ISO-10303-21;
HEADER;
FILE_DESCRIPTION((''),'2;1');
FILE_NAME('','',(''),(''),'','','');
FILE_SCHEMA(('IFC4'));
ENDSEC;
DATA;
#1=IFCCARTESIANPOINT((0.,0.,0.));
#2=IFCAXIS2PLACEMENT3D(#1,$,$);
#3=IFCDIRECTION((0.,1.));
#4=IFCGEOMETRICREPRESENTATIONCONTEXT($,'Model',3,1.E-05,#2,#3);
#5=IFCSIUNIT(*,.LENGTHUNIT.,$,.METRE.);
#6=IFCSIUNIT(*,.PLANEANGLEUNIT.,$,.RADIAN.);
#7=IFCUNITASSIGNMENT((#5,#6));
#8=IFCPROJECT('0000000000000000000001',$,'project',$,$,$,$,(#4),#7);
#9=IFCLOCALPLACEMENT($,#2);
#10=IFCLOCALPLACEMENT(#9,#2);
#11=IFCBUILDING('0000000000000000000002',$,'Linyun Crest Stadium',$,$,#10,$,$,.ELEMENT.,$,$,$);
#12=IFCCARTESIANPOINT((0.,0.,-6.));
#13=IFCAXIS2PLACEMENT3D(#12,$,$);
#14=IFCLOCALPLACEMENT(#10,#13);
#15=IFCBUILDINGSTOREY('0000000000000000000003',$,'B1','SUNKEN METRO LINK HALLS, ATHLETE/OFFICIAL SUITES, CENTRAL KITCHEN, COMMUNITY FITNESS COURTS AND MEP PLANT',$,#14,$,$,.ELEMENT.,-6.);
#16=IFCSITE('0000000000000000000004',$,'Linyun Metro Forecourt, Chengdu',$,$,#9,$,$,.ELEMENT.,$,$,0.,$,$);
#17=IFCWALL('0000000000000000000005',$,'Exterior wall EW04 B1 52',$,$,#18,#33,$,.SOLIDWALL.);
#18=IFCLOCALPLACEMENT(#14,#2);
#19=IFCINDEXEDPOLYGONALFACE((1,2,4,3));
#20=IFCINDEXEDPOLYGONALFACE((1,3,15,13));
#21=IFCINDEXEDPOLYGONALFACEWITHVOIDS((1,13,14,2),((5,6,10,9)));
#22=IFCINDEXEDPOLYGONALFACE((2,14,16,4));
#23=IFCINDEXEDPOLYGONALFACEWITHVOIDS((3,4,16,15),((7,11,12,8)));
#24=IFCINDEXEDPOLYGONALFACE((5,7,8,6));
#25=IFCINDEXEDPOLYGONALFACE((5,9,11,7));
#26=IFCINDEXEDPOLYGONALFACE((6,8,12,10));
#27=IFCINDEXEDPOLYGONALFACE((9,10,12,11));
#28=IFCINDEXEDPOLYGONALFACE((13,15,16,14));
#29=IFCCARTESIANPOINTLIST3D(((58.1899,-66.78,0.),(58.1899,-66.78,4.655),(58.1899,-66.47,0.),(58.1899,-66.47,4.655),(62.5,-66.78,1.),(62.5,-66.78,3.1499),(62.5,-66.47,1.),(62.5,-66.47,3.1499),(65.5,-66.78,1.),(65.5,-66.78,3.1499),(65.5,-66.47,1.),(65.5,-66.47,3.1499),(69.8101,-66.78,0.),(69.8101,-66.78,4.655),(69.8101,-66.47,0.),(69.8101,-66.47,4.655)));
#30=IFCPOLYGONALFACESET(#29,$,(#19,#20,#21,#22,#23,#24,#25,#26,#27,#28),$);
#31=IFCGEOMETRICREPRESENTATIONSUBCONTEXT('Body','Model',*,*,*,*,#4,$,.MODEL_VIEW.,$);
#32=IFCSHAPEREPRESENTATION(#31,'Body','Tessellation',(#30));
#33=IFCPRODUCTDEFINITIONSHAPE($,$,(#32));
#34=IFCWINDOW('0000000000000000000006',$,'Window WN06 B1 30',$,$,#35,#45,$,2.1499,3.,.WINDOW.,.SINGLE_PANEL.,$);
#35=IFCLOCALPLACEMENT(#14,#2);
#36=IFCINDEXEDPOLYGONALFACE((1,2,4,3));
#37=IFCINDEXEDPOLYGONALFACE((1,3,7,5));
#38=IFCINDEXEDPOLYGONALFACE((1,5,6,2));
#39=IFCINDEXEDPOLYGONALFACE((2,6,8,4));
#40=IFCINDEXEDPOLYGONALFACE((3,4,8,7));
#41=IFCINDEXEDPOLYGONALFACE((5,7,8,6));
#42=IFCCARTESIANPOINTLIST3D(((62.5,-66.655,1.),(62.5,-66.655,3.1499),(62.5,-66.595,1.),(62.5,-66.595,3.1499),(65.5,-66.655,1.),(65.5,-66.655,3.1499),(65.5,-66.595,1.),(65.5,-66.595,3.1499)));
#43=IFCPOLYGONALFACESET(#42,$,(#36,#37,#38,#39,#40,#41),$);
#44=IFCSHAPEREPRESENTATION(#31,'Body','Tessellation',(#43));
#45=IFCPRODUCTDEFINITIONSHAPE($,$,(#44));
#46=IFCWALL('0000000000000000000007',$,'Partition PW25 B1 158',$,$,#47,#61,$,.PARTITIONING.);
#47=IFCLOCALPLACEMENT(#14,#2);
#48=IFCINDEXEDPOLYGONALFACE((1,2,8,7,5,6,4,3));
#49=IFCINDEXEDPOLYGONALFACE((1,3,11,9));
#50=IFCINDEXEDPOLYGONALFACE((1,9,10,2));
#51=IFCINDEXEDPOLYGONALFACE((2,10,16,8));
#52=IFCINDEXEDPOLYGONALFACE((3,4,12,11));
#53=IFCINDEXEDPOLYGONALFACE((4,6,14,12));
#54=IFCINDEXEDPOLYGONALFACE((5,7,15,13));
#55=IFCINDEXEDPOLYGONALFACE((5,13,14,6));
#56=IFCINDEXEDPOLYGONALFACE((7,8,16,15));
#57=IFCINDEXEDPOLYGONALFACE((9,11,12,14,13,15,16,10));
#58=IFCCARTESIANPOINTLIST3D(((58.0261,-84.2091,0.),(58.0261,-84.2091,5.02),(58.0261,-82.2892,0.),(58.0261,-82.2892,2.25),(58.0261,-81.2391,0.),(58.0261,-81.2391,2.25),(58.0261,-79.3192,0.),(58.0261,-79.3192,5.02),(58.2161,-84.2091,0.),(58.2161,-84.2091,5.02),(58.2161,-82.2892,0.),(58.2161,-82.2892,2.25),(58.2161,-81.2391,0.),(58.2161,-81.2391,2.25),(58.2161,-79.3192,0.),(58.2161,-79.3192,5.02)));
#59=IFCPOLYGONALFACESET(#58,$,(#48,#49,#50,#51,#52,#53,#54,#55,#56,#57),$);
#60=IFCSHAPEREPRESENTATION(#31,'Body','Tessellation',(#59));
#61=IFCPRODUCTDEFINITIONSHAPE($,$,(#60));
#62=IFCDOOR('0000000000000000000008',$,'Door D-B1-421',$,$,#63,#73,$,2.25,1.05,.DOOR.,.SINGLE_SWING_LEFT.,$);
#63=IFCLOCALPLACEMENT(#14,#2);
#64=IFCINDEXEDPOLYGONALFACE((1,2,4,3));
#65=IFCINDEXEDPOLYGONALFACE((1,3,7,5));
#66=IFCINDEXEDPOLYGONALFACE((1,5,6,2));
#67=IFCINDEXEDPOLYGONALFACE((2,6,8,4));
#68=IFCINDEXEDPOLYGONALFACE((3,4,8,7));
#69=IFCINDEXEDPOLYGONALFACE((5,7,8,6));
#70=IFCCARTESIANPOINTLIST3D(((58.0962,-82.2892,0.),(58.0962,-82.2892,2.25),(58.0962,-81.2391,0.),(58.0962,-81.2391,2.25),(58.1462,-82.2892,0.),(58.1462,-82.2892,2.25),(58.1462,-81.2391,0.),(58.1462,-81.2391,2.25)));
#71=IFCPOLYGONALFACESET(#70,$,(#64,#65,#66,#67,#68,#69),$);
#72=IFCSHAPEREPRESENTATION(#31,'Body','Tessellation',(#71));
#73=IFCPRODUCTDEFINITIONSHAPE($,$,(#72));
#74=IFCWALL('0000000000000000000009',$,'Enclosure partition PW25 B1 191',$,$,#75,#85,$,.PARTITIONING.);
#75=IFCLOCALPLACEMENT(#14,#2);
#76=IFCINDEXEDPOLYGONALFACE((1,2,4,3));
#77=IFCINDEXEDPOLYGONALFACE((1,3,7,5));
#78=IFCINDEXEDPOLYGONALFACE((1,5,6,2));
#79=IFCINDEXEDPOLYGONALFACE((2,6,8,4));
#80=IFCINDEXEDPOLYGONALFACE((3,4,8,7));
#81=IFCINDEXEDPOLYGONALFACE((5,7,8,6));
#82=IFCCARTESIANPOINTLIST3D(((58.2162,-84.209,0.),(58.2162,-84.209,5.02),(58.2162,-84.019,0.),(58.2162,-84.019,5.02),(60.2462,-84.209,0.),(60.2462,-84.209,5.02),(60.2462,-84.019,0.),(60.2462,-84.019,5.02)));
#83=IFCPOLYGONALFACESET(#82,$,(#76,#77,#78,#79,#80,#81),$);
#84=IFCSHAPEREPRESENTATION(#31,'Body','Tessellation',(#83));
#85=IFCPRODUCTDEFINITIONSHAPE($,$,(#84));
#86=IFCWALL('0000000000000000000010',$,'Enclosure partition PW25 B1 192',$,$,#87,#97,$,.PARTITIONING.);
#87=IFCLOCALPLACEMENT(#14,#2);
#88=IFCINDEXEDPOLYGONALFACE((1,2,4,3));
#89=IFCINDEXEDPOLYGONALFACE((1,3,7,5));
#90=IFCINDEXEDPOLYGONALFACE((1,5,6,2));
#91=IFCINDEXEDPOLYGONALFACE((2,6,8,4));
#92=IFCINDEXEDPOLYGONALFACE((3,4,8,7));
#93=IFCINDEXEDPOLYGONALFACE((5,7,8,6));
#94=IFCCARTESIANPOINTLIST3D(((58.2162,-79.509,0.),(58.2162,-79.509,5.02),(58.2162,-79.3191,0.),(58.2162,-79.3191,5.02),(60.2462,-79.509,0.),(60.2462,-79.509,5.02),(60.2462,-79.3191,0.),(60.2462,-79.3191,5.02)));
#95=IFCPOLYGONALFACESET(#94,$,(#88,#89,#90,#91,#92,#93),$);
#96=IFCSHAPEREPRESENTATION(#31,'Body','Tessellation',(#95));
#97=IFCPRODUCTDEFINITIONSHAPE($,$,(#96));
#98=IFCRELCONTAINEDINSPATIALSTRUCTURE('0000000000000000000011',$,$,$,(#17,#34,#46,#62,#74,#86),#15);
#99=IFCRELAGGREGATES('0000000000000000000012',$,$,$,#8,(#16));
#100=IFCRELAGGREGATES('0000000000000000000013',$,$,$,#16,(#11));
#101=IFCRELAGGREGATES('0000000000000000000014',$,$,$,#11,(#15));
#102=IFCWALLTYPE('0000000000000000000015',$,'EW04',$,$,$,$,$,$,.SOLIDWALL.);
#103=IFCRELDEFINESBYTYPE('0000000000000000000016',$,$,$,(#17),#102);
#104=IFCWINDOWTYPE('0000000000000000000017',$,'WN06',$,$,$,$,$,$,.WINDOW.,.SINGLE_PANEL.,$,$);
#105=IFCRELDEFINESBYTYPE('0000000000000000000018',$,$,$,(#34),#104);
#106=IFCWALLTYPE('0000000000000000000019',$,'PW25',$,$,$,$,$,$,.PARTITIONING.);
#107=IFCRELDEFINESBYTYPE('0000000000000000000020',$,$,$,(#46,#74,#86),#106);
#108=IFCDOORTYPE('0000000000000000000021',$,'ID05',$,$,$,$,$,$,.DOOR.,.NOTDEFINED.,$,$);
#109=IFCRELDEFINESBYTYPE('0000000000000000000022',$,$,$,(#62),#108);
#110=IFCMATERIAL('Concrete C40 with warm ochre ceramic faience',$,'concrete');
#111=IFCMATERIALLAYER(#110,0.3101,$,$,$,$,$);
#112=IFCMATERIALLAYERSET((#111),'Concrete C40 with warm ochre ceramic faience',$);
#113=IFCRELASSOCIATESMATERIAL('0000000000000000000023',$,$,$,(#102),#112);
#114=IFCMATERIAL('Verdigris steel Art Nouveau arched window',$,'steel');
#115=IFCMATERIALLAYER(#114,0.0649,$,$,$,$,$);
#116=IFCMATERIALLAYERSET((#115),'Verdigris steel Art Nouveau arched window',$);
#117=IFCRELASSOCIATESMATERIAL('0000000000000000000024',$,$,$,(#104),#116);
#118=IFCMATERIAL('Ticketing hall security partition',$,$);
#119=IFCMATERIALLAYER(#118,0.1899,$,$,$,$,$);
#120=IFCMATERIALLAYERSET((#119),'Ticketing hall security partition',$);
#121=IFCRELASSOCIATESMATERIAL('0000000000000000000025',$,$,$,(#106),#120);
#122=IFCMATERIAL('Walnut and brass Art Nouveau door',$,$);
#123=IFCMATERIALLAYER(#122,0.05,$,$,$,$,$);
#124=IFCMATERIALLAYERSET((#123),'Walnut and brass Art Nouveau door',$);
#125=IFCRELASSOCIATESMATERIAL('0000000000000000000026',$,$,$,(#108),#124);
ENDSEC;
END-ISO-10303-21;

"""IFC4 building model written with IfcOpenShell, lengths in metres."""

from ifc_helpers import new_model, si_unit, direction, frame, frame_2d, origin, place, context, subcontext, project, spatial, rectangle, extrude, material, layer, layer_set, type_object, element, fill, save


model = new_model("IFC4")

# Units and contexts
model_context = context("Model", 3, precision=1e-05, world=origin(), true_north=direction((0.0, 1.0)))
body_context = subcontext(model_context, "Body", "Model", "MODEL_VIEW")
ifc_project = project(units=[si_unit("LENGTHUNIT", "METRE"), si_unit("PLANEANGLEUNIT", "RADIAN")], contexts=[model_context])

# Site, building, storey
site_placement = place(None, origin())
site = spatial("IfcSite", under=ifc_project, at=site_placement, Name="Linyun Metro Forecourt, Chengdu", CompositionType="ELEMENT", RefElevation=0.0)
building_placement = place(site_placement, origin())
building = spatial("IfcBuilding", under=site, at=building_placement, Name="Linyun Crest Stadium", CompositionType="ELEMENT")
storey_placement = place(building_placement, frame((0.0, 0.0, -6.0)))
storey = spatial("IfcBuildingStorey", under=building, at=storey_placement, Name="B1", Description="SUNKEN METRO LINK HALLS, ATHLETE/OFFICIAL SUITES, CENTRAL KITCHEN, COMMUNITY FITNESS COURTS AND MEP PLANT", CompositionType="ELEMENT", Elevation=-6.0)

# Wall, opening, window
ifc_material_1 = material(Name="Concrete C40 with warm ochre ceramic faience", Category="concrete")
ifc_layer_1 = layer(ifc_material_1, 0.3101)
ifc_layer_set_1 = layer_set([ifc_layer_1], Name="Concrete C40 with warm ochre ceramic faience")
wall_type_1 = type_object("IfcWallType", Name="EW04", PredefinedType="SOLIDWALL", material=ifc_layer_set_1)
wall_1_placement = place(storey_placement, frame((58.1899, -66.625, 0.0), z_axis=(0.0, 0.0, 1.0), x_axis=(1.0, 0.0, 0.0)))
wall_1 = element("IfcWall", 1, at=wall_1_placement, inside=storey, type_object=wall_type_1, Name="Exterior wall EW04 B1 52", PredefinedType="SOLIDWALL", context=body_context, shape_type="SweptSolid", body=[
    extrude(rectangle(XDim=11.6201, YDim=0.3101, at=frame_2d((5.8101, 0.0))), origin(), (0.0, 0.0, 1.0), 4.655),
])
opening_1_placement = place(wall_1_placement, frame((4.3101, 0.0, 1.0)))
opening_1 = element("IfcOpeningElement", 2, at=opening_1_placement, cuts=wall_1, PredefinedType="OPENING", context=body_context, shape_type="SweptSolid", body=[
    extrude(rectangle(XDim=3.0, YDim=2.1499, at=frame_2d((1.5, 1.075))), frame((0.0, 0.165, 0.0), z_axis=(0.0, -1.0, 0.0), x_axis=(1.0, 0.0, 0.0)), (0.0, 0.0, 1.0), 0.3301),
])
ifc_material_2 = material(Name="Verdigris steel Art Nouveau arched window", Category="steel")
ifc_layer_2 = layer(ifc_material_2, 0.0649)
ifc_layer_set_2 = layer_set([ifc_layer_2], Name="Verdigris steel Art Nouveau arched window")
window_type = type_object("IfcWindowType", Name="WN06", PartitioningType="SINGLE_PANEL", PredefinedType="WINDOW", material=ifc_layer_set_2)
window_placement = place(opening_1_placement, origin())
window = element("IfcWindow", 3, at=window_placement, inside=storey, type_object=window_type, Name="Window WN06 B1 30", OverallHeight=2.1499, OverallWidth=3.0, PartitioningType="SINGLE_PANEL", PredefinedType="WINDOW", context=body_context, shape_type="SweptSolid", body=[
    extrude(rectangle(XDim=3.0, YDim=2.1499, at=frame_2d((1.5, 1.075))), frame((0.0, 0.03, 0.0), z_axis=(0.0, -1.0, 0.0), x_axis=(1.0, 0.0, 0.0)), (0.0, 0.0, 1.0), 0.0601),
])
fill(opening_1, window)

# Wall, opening, door
ifc_material_3 = material(Name="Ticketing hall security partition")
ifc_layer_3 = layer(ifc_material_3, 0.1899)
ifc_layer_set_3 = layer_set([ifc_layer_3], Name="Ticketing hall security partition")
wall_type_2 = type_object("IfcWallType", Name="PW25", PredefinedType="PARTITIONING", material=ifc_layer_set_3)
wall_2_placement = place(storey_placement, frame((58.1211, -84.209, 0.0), z_axis=(0.0, 0.0, 1.0), x_axis=(0.0, 1.0, 0.0)))
wall_2 = element("IfcWall", 4, at=wall_2_placement, inside=storey, type_object=wall_type_2, Name="Partition PW25 B1 158", PredefinedType="PARTITIONING", context=body_context, shape_type="SweptSolid", body=[
    extrude(rectangle(XDim=4.8899, YDim=0.1899, at=frame_2d((2.4448, 0.0))), origin(), (0.0, 0.0, 1.0), 5.02),
])
opening_2_placement = place(wall_2_placement, frame((1.9199, 0.0, 0.0)))
opening_2 = element("IfcOpeningElement", 5, at=opening_2_placement, cuts=wall_2, PredefinedType="OPENING", context=body_context, shape_type="SweptSolid", body=[
    extrude(rectangle(XDim=1.05, YDim=2.25, at=frame_2d((0.5249, 1.125))), frame((0.0, 0.105, 0.0), z_axis=(0.0, -1.0, 0.0), x_axis=(1.0, 0.0, 0.0)), (0.0, 0.0, 1.0), 0.21),
])
ifc_material_4 = material(Name="Walnut and brass Art Nouveau door")
ifc_layer_4 = layer(ifc_material_4, 0.05)
ifc_layer_set_4 = layer_set([ifc_layer_4], Name="Walnut and brass Art Nouveau door")
door_type = type_object("IfcDoorType", Name="ID05", OperationType="NOTDEFINED", PredefinedType="DOOR", material=ifc_layer_set_4)
door_placement = place(opening_2_placement, origin())
door = element("IfcDoor", 6, at=door_placement, inside=storey, type_object=door_type, Name="Door D-B1-421", OperationType="SINGLE_SWING_LEFT", OverallHeight=2.25, OverallWidth=1.05, PredefinedType="DOOR", context=body_context, shape_type="SweptSolid", body=[
    extrude(rectangle(XDim=1.05, YDim=2.25, at=frame_2d((0.5249, 1.125))), frame((0.0, 0.0249, 0.0), z_axis=(0.0, -1.0, 0.0), x_axis=(1.0, 0.0, 0.0)), (0.0, 0.0, 1.0), 0.05),
])
fill(opening_2, door)

# Walls
for number, where, z_axis, x_axis, name in (
    (7, (58.2161, -84.114, 0.0), (0.0, 0.0, 1.0), (1.0, 0.0, 0.0), "Enclosure partition PW25 B1 191"),
    (8, (58.2161, -79.4141, 0.0), (0.0, 0.0, 1.0), (1.0, 0.0, 0.0), "Enclosure partition PW25 B1 192"),
):
    element("IfcWall", number, at=place(storey_placement, frame(where, z_axis=z_axis, x_axis=x_axis)), inside=storey, type_object=wall_type_2, Name=name, PredefinedType="PARTITIONING", context=body_context, shape_type="SweptSolid", body=[
        extrude(rectangle(XDim=2.03, YDim=0.1899, at=frame_2d((1.0151, 0.0))), origin(), (0.0, 0.0, 1.0), 5.02),
    ])

save(model, "model.ifc")
